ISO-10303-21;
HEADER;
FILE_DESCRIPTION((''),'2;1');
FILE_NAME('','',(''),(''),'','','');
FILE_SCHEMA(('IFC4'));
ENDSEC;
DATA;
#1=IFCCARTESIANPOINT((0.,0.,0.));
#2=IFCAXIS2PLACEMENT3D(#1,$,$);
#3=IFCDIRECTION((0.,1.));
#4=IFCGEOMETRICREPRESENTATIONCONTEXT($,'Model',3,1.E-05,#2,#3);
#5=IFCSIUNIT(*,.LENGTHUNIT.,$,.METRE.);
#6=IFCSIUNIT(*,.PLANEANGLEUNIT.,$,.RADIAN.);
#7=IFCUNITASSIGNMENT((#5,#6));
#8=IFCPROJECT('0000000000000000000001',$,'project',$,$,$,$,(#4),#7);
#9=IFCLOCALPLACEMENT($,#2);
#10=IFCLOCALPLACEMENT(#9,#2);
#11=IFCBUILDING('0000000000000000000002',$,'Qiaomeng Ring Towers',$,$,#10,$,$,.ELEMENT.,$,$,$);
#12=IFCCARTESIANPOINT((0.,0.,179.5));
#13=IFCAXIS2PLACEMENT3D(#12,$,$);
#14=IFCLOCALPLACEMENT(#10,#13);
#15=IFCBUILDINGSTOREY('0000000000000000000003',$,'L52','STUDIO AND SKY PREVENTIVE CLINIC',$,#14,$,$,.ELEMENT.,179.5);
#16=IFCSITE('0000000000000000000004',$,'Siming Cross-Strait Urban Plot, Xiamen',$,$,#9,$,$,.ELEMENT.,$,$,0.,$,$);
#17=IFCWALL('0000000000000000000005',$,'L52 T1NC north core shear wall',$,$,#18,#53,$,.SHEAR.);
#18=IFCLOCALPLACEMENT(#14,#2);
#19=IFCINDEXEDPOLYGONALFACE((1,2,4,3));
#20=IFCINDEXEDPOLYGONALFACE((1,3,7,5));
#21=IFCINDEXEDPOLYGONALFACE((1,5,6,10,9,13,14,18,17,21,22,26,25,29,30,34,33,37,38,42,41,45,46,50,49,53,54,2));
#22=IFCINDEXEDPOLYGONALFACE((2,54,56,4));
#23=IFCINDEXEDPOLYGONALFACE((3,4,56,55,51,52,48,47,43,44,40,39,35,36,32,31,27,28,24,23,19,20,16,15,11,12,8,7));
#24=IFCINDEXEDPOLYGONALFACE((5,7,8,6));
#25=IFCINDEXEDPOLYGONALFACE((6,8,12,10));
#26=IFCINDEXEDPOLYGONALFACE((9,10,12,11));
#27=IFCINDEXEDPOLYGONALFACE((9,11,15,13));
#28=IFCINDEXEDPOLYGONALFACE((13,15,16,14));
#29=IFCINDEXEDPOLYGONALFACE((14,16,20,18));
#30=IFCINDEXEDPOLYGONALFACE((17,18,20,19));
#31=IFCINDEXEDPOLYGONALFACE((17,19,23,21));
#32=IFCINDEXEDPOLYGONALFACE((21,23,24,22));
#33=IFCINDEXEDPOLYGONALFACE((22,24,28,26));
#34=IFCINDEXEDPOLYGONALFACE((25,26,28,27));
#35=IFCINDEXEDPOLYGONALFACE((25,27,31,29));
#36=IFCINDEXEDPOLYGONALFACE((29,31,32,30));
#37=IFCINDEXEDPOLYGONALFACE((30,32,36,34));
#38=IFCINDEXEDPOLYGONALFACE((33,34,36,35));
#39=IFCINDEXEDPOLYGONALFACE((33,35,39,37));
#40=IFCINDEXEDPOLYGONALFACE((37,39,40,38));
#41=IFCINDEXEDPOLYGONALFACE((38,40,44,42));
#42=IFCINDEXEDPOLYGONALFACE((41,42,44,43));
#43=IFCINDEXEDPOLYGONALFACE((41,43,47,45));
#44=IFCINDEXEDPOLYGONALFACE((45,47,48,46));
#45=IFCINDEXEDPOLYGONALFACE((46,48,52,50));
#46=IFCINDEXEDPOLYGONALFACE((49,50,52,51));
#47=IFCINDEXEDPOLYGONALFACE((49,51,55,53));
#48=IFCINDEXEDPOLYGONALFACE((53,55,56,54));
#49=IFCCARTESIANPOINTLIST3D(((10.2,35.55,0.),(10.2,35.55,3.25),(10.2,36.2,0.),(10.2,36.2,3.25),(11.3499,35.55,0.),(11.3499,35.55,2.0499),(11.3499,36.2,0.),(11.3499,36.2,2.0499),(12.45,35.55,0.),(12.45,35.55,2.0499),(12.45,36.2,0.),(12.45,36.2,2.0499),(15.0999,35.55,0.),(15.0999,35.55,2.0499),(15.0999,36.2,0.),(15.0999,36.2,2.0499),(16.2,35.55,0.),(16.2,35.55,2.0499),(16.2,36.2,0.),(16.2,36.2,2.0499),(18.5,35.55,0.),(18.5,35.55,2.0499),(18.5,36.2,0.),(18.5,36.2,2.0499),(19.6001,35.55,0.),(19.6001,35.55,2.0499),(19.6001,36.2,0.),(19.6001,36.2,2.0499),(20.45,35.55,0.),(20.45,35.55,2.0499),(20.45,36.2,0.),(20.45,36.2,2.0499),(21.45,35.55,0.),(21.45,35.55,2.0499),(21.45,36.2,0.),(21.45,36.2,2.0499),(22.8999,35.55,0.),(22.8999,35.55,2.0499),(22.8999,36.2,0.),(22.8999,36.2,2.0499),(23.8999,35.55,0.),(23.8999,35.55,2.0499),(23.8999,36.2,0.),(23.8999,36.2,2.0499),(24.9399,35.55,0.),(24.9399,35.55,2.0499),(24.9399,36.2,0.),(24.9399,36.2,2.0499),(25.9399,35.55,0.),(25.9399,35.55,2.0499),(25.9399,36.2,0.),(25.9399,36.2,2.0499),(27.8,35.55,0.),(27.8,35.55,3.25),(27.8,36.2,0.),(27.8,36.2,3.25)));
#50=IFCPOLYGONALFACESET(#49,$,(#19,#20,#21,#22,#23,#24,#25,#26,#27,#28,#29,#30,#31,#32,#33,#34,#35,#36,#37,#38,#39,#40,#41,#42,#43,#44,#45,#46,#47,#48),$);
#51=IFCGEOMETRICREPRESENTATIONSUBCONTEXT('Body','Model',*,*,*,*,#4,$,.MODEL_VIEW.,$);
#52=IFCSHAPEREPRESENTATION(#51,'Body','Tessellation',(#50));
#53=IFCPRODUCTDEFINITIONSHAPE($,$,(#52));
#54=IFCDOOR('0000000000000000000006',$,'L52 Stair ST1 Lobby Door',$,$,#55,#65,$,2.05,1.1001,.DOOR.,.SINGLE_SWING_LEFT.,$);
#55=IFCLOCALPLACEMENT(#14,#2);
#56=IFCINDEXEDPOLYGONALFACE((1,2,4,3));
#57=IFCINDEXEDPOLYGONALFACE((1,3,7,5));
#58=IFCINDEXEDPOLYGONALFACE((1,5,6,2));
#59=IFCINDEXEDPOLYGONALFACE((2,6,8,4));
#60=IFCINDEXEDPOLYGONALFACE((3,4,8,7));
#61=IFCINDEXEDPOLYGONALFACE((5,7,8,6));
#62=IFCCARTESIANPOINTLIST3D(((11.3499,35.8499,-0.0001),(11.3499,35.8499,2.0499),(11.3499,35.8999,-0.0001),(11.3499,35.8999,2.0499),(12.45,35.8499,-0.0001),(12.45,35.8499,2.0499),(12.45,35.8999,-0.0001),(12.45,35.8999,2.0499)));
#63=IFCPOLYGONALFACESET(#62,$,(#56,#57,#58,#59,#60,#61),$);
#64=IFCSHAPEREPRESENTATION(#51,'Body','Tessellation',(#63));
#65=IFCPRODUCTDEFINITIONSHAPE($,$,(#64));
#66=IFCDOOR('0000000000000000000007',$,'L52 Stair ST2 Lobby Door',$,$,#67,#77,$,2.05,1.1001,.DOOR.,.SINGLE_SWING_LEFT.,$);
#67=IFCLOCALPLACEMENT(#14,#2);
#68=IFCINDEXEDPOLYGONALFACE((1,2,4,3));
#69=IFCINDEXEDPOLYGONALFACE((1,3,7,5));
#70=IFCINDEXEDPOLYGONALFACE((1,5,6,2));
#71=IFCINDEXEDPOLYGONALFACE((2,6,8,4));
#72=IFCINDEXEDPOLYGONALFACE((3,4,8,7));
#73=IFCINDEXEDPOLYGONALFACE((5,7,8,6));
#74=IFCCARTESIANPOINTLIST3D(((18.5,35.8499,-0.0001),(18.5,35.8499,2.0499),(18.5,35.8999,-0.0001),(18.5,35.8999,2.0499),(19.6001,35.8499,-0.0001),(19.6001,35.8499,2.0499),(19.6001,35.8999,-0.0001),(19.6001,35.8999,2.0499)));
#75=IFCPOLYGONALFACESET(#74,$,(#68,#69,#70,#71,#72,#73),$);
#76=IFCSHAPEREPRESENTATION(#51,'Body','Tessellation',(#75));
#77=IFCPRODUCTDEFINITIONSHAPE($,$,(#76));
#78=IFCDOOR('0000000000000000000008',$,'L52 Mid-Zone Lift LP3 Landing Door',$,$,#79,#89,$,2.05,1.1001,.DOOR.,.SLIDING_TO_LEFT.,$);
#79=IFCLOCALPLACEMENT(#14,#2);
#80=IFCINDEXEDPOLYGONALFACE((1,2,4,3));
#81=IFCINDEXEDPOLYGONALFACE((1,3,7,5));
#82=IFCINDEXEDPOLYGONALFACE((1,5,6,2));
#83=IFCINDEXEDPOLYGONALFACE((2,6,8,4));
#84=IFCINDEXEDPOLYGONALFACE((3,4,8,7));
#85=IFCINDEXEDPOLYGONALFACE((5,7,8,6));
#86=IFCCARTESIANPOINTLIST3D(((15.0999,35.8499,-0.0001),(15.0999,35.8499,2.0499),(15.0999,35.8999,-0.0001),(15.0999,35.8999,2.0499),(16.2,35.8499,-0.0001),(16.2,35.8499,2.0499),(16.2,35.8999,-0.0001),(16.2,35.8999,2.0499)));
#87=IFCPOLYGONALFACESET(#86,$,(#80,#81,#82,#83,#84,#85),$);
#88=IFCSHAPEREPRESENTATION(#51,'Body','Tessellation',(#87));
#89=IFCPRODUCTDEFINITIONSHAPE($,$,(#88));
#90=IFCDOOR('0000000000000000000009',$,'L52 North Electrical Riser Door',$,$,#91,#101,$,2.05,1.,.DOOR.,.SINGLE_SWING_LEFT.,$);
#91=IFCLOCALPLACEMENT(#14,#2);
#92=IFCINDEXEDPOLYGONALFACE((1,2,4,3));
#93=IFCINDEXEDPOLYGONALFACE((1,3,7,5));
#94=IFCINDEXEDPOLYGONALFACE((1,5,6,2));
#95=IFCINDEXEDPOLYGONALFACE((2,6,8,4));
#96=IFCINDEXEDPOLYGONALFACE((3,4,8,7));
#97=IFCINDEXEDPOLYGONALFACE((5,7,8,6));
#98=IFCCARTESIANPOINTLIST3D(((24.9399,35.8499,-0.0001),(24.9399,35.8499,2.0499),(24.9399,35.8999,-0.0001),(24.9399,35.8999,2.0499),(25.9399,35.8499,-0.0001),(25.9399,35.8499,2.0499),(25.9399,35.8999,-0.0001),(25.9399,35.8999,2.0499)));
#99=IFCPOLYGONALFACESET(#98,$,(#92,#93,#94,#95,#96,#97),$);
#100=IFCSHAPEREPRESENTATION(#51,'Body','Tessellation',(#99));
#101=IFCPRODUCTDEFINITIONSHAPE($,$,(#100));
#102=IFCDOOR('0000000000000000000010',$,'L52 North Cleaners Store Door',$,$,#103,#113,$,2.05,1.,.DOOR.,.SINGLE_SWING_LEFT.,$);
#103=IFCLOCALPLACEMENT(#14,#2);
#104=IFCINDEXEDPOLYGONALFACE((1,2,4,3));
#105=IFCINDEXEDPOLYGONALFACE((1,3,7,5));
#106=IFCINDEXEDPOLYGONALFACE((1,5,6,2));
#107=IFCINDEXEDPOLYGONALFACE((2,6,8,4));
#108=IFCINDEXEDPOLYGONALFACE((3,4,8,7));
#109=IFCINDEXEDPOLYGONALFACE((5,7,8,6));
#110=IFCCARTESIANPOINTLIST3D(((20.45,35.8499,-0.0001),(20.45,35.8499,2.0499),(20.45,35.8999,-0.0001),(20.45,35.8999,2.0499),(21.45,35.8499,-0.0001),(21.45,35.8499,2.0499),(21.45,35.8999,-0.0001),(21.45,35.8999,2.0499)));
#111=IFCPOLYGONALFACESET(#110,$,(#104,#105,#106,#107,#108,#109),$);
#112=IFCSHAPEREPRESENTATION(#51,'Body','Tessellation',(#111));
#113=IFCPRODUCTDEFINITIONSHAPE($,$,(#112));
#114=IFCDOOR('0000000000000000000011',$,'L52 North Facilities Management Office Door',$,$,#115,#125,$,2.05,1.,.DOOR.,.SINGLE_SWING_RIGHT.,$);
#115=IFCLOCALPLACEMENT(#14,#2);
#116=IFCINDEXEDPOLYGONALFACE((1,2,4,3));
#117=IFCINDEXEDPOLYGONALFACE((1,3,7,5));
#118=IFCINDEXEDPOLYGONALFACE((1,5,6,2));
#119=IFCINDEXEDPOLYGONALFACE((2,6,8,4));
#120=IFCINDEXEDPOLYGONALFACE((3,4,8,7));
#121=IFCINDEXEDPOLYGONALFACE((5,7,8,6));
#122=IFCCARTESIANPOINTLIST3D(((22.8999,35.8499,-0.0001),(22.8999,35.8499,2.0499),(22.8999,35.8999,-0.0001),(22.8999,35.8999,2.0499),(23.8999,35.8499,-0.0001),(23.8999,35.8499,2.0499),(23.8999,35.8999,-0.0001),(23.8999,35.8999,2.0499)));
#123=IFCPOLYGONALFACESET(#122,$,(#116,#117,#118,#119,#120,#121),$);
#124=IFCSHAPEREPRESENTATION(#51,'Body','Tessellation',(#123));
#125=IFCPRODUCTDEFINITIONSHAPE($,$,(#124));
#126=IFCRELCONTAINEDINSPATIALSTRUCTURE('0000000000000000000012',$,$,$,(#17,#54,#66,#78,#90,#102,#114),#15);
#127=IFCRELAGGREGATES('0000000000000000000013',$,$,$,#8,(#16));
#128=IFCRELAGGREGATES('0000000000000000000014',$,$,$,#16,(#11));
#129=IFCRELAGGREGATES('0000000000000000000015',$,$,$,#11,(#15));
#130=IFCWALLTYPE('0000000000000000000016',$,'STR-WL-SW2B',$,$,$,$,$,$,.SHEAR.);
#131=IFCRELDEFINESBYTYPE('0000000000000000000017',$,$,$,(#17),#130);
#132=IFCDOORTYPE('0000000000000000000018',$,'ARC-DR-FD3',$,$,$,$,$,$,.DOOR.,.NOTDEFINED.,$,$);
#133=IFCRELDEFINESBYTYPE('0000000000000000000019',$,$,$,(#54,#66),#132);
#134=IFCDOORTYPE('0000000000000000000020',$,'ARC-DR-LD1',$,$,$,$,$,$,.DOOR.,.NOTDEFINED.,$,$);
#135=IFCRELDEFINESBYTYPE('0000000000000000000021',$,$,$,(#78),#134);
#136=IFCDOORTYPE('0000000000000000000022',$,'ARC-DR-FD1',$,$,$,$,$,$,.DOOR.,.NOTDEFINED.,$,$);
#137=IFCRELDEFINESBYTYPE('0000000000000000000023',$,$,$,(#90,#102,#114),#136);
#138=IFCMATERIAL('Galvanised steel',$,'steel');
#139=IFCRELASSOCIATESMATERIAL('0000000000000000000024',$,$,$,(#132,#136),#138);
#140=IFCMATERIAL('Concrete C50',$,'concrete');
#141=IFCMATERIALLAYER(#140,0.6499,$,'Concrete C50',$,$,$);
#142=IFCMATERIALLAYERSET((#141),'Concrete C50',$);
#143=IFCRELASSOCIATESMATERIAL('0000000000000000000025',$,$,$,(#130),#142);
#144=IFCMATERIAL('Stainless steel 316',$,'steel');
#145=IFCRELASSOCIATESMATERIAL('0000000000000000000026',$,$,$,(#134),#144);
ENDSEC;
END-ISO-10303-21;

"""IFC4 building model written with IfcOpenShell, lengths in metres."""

from ifc_helpers import new_model, si_unit, direction, frame, frame_2d, origin, place, context, subcontext, project, spatial, rectangle, extrude, source, transform, mapped, material, layer, layer_set, type_object, element, fill, save


model = new_model("IFC4")

# Units and contexts
model_context = context("Model", 3, precision=1e-05, world=origin(), true_north=direction((0.0, 1.0)))
body_context = subcontext(model_context, "Body", "Model", "MODEL_VIEW")
ifc_project = project(units=[si_unit("LENGTHUNIT", "METRE"), si_unit("PLANEANGLEUNIT", "RADIAN")], contexts=[model_context])

# Site, building, storey
site_placement = place(None, origin())
site = spatial("IfcSite", under=ifc_project, at=site_placement, Name="Siming Cross-Strait Urban Plot, Xiamen", CompositionType="ELEMENT", RefElevation=0.0)
building_placement = place(site_placement, origin())
building = spatial("IfcBuilding", under=site, at=building_placement, Name="Qiaomeng Ring Towers", CompositionType="ELEMENT")
storey_placement = place(building_placement, frame((0.0, 0.0, 179.5)))
storey = spatial("IfcBuildingStorey", under=building, at=storey_placement, Name="L52", Description="STUDIO AND SKY PREVENTIVE CLINIC", CompositionType="ELEMENT", Elevation=179.5)

# Shared definitions
shared_shape_1 = source(origin(), body_context, "Body", "SweptSolid", [
    extrude(rectangle(XDim=1.0, YDim=2.05, at=frame_2d((0.5, 1.0249))), frame((0.0, 0.0249, 0.0), z_axis=(0.0, -1.0, 0.0), x_axis=(1.0, 0.0, 0.0)), (0.0, 0.0, 1.0), 0.05),
])

# Shared definitions
ifc_material_1 = material(Name="Galvanised steel", Category="steel")
door_type_1 = type_object("IfcDoorType", Name="ARC-DR-FD3", OperationType="NOTDEFINED", PredefinedType="DOOR", material=ifc_material_1)
shared_shape_2 = source(origin(), body_context, "Body", "SweptSolid", [
    extrude(rectangle(XDim=1.1001, YDim=2.05, at=frame_2d((0.55, 1.0249))), frame((0.0, 0.0249, 0.0), z_axis=(0.0, -1.0, 0.0), x_axis=(1.0, 0.0, 0.0)), (0.0, 0.0, 1.0), 0.05),
])

# Wall, openings, doors
ifc_material_2 = material(Name="Concrete C50", Category="concrete")
ifc_layer_1 = layer(ifc_material_2, 0.6499, Name="Concrete C50")
ifc_layer_set_1 = layer_set([ifc_layer_1], Name="Concrete C50")
wall_type_1 = type_object("IfcWallType", Name="STR-WL-SW2B", PredefinedType="SHEAR", material=ifc_layer_set_1)
wall_1_placement = place(storey_placement, frame((10.2, 35.875, 0.0), z_axis=(0.0, 0.0, 1.0), x_axis=(1.0, 0.0, 0.0)))
wall_1 = element("IfcWall", 1, at=wall_1_placement, inside=storey, type_object=wall_type_1, Name="L52 T1NC north core shear wall", PredefinedType="SHEAR", context=body_context, shape_type="SweptSolid", body=[
    extrude(rectangle(XDim=17.6001, YDim=0.6499, at=frame_2d((8.8, 0.0))), origin(), (0.0, 0.0, 1.0), 3.25),
])
opening_1_placement = place(wall_1_placement, frame((1.1499, 0.0, 0.0)))
opening_1 = element("IfcOpeningElement", 2, at=opening_1_placement, cuts=wall_1, PredefinedType="OPENING", context=body_context, shape_type="SweptSolid", body=[
    extrude(rectangle(XDim=1.1001, YDim=2.05, at=frame_2d((0.55, 1.0249))), frame((0.0, 0.335, 0.0), z_axis=(0.0, -1.0, 0.0), x_axis=(1.0, 0.0, 0.0)), (0.0, 0.0, 1.0), 0.6699),
])
opening_2_placement = place(wall_1_placement, frame((8.3, 0.0, 0.0)))
opening_2 = element("IfcOpeningElement", 3, at=opening_2_placement, cuts=wall_1, PredefinedType="OPENING", context=body_context, shape_type="SweptSolid", body=[
    extrude(rectangle(XDim=1.1001, YDim=2.05, at=frame_2d((0.55, 1.0249))), frame((0.0, 0.335, 0.0), z_axis=(0.0, -1.0, 0.0), x_axis=(1.0, 0.0, 0.0)), (0.0, 0.0, 1.0), 0.6699),
])
opening_3_placement = place(wall_1_placement, frame((4.8999, 0.0, 0.0)))
opening_3 = element("IfcOpeningElement", 4, at=opening_3_placement, cuts=wall_1, PredefinedType="OPENING", context=body_context, shape_type="SweptSolid", body=[
    extrude(rectangle(XDim=1.1001, YDim=2.05, at=frame_2d((0.55, 1.0249))), frame((0.0, 0.335, 0.0), z_axis=(0.0, -1.0, 0.0), x_axis=(1.0, 0.0, 0.0)), (0.0, 0.0, 1.0), 0.6699),
])
opening_4_placement = place(wall_1_placement, frame((14.74, 0.0, 0.0)))
opening_4 = element("IfcOpeningElement", 5, at=opening_4_placement, cuts=wall_1, PredefinedType="OPENING", context=body_context, shape_type="SweptSolid", body=[
    extrude(rectangle(XDim=1.0, YDim=2.05, at=frame_2d((0.5, 1.0249))), frame((0.0, 0.335, 0.0), z_axis=(0.0, -1.0, 0.0), x_axis=(1.0, 0.0, 0.0)), (0.0, 0.0, 1.0), 0.6699),
])
opening_5_placement = place(wall_1_placement, frame((10.25, 0.0, 0.0)))
opening_5 = element("IfcOpeningElement", 6, at=opening_5_placement, cuts=wall_1, PredefinedType="OPENING", context=body_context, shape_type="SweptSolid", body=[
    extrude(rectangle(XDim=1.0, YDim=2.05, at=frame_2d((0.5, 1.0249))), frame((0.0, 0.335, 0.0), z_axis=(0.0, -1.0, 0.0), x_axis=(1.0, 0.0, 0.0)), (0.0, 0.0, 1.0), 0.6699),
])
opening_6_placement = place(wall_1_placement, frame((12.7, 0.0, 0.0)))
opening_6 = element("IfcOpeningElement", 7, at=opening_6_placement, cuts=wall_1, PredefinedType="OPENING", context=body_context, shape_type="SweptSolid", body=[
    extrude(rectangle(XDim=1.0, YDim=2.05, at=frame_2d((0.5, 1.0249))), frame((0.0, 0.335, 0.0), z_axis=(0.0, -1.0, 0.0), x_axis=(1.0, 0.0, 0.0)), (0.0, 0.0, 1.0), 0.6699),
])
door_1_placement = place(opening_1_placement, origin())
door_1 = element("IfcDoor", 8, at=door_1_placement, inside=storey, type_object=door_type_1, Name="L52 Stair ST1 Lobby Door", OperationType="SINGLE_SWING_LEFT", OverallHeight=2.05, OverallWidth=1.1001, PredefinedType="DOOR", context=body_context, shape_type="MappedRepresentation", body=[
    mapped(shared_shape_2, transform((0.0, 0.0, 0.0), x_axis=(1.0, 0.0, 0.0), y_axis=(0.0, 1.0, 0.0), z_axis=(0.0, 0.0, 1.0), scale=1.0)),
])
fill(opening_1, door_1)
door_2_placement = place(opening_2_placement, origin())
door_2 = element("IfcDoor", 9, at=door_2_placement, inside=storey, type_object=door_type_1, Name="L52 Stair ST2 Lobby Door", OperationType="SINGLE_SWING_LEFT", OverallHeight=2.05, OverallWidth=1.1001, PredefinedType="DOOR", context=body_context, shape_type="MappedRepresentation", body=[
    mapped(shared_shape_2, transform((0.0, 0.0, 0.0), x_axis=(1.0, 0.0, 0.0), y_axis=(0.0, 1.0, 0.0), z_axis=(0.0, 0.0, 1.0), scale=1.0)),
])
fill(opening_2, door_2)
ifc_material_3 = material(Name="Stainless steel 316", Category="steel")
door_type_2 = type_object("IfcDoorType", Name="ARC-DR-LD1", OperationType="NOTDEFINED", PredefinedType="DOOR", material=ifc_material_3)
door_3_placement = place(opening_3_placement, origin())
door_3 = element("IfcDoor", 10, at=door_3_placement, inside=storey, type_object=door_type_2, Name="L52 Mid-Zone Lift LP3 Landing Door", OperationType="SLIDING_TO_LEFT", OverallHeight=2.05, OverallWidth=1.1001, PredefinedType="DOOR", context=body_context, shape_type="MappedRepresentation", body=[
    mapped(shared_shape_2, transform((0.0, 0.0, 0.0), x_axis=(1.0, 0.0, 0.0), y_axis=(0.0, 1.0, 0.0), z_axis=(0.0, 0.0, 1.0), scale=1.0)),
])
fill(opening_3, door_3)
door_type_3 = type_object("IfcDoorType", Name="ARC-DR-FD1", OperationType="NOTDEFINED", PredefinedType="DOOR", material=ifc_material_1)
door_4_placement = place(opening_4_placement, origin())
door_4 = element("IfcDoor", 11, at=door_4_placement, inside=storey, type_object=door_type_3, Name="L52 North Electrical Riser Door", OperationType="SINGLE_SWING_LEFT", OverallHeight=2.05, OverallWidth=1.0, PredefinedType="DOOR", context=body_context, shape_type="MappedRepresentation", body=[
    mapped(shared_shape_1, transform((0.0, 0.0, 0.0), x_axis=(1.0, 0.0, 0.0), y_axis=(0.0, 1.0, 0.0), z_axis=(0.0, 0.0, 1.0), scale=1.0)),
])
fill(opening_4, door_4)
door_5_placement = place(opening_5_placement, origin())
door_5 = element("IfcDoor", 12, at=door_5_placement, inside=storey, type_object=door_type_3, Name="L52 North Cleaners Store Door", OperationType="SINGLE_SWING_LEFT", OverallHeight=2.05, OverallWidth=1.0, PredefinedType="DOOR", context=body_context, shape_type="MappedRepresentation", body=[
    mapped(shared_shape_1, transform((0.0, 0.0, 0.0), x_axis=(1.0, 0.0, 0.0), y_axis=(0.0, 1.0, 0.0), z_axis=(0.0, 0.0, 1.0), scale=1.0)),
])
fill(opening_5, door_5)
door_6_placement = place(opening_6_placement, origin())
door_6 = element("IfcDoor", 13, at=door_6_placement, inside=storey, type_object=door_type_3, Name="L52 North Facilities Management Office Door", OperationType="SINGLE_SWING_RIGHT", OverallHeight=2.05, OverallWidth=1.0, PredefinedType="DOOR", context=body_context, shape_type="MappedRepresentation", body=[
    mapped(shared_shape_1, transform((0.0, 0.0, 0.0), x_axis=(1.0, 0.0, 0.0), y_axis=(0.0, 1.0, 0.0), z_axis=(0.0, 0.0, 1.0), scale=1.0)),
])
fill(opening_6, door_6)

save(model, "model.ifc")
